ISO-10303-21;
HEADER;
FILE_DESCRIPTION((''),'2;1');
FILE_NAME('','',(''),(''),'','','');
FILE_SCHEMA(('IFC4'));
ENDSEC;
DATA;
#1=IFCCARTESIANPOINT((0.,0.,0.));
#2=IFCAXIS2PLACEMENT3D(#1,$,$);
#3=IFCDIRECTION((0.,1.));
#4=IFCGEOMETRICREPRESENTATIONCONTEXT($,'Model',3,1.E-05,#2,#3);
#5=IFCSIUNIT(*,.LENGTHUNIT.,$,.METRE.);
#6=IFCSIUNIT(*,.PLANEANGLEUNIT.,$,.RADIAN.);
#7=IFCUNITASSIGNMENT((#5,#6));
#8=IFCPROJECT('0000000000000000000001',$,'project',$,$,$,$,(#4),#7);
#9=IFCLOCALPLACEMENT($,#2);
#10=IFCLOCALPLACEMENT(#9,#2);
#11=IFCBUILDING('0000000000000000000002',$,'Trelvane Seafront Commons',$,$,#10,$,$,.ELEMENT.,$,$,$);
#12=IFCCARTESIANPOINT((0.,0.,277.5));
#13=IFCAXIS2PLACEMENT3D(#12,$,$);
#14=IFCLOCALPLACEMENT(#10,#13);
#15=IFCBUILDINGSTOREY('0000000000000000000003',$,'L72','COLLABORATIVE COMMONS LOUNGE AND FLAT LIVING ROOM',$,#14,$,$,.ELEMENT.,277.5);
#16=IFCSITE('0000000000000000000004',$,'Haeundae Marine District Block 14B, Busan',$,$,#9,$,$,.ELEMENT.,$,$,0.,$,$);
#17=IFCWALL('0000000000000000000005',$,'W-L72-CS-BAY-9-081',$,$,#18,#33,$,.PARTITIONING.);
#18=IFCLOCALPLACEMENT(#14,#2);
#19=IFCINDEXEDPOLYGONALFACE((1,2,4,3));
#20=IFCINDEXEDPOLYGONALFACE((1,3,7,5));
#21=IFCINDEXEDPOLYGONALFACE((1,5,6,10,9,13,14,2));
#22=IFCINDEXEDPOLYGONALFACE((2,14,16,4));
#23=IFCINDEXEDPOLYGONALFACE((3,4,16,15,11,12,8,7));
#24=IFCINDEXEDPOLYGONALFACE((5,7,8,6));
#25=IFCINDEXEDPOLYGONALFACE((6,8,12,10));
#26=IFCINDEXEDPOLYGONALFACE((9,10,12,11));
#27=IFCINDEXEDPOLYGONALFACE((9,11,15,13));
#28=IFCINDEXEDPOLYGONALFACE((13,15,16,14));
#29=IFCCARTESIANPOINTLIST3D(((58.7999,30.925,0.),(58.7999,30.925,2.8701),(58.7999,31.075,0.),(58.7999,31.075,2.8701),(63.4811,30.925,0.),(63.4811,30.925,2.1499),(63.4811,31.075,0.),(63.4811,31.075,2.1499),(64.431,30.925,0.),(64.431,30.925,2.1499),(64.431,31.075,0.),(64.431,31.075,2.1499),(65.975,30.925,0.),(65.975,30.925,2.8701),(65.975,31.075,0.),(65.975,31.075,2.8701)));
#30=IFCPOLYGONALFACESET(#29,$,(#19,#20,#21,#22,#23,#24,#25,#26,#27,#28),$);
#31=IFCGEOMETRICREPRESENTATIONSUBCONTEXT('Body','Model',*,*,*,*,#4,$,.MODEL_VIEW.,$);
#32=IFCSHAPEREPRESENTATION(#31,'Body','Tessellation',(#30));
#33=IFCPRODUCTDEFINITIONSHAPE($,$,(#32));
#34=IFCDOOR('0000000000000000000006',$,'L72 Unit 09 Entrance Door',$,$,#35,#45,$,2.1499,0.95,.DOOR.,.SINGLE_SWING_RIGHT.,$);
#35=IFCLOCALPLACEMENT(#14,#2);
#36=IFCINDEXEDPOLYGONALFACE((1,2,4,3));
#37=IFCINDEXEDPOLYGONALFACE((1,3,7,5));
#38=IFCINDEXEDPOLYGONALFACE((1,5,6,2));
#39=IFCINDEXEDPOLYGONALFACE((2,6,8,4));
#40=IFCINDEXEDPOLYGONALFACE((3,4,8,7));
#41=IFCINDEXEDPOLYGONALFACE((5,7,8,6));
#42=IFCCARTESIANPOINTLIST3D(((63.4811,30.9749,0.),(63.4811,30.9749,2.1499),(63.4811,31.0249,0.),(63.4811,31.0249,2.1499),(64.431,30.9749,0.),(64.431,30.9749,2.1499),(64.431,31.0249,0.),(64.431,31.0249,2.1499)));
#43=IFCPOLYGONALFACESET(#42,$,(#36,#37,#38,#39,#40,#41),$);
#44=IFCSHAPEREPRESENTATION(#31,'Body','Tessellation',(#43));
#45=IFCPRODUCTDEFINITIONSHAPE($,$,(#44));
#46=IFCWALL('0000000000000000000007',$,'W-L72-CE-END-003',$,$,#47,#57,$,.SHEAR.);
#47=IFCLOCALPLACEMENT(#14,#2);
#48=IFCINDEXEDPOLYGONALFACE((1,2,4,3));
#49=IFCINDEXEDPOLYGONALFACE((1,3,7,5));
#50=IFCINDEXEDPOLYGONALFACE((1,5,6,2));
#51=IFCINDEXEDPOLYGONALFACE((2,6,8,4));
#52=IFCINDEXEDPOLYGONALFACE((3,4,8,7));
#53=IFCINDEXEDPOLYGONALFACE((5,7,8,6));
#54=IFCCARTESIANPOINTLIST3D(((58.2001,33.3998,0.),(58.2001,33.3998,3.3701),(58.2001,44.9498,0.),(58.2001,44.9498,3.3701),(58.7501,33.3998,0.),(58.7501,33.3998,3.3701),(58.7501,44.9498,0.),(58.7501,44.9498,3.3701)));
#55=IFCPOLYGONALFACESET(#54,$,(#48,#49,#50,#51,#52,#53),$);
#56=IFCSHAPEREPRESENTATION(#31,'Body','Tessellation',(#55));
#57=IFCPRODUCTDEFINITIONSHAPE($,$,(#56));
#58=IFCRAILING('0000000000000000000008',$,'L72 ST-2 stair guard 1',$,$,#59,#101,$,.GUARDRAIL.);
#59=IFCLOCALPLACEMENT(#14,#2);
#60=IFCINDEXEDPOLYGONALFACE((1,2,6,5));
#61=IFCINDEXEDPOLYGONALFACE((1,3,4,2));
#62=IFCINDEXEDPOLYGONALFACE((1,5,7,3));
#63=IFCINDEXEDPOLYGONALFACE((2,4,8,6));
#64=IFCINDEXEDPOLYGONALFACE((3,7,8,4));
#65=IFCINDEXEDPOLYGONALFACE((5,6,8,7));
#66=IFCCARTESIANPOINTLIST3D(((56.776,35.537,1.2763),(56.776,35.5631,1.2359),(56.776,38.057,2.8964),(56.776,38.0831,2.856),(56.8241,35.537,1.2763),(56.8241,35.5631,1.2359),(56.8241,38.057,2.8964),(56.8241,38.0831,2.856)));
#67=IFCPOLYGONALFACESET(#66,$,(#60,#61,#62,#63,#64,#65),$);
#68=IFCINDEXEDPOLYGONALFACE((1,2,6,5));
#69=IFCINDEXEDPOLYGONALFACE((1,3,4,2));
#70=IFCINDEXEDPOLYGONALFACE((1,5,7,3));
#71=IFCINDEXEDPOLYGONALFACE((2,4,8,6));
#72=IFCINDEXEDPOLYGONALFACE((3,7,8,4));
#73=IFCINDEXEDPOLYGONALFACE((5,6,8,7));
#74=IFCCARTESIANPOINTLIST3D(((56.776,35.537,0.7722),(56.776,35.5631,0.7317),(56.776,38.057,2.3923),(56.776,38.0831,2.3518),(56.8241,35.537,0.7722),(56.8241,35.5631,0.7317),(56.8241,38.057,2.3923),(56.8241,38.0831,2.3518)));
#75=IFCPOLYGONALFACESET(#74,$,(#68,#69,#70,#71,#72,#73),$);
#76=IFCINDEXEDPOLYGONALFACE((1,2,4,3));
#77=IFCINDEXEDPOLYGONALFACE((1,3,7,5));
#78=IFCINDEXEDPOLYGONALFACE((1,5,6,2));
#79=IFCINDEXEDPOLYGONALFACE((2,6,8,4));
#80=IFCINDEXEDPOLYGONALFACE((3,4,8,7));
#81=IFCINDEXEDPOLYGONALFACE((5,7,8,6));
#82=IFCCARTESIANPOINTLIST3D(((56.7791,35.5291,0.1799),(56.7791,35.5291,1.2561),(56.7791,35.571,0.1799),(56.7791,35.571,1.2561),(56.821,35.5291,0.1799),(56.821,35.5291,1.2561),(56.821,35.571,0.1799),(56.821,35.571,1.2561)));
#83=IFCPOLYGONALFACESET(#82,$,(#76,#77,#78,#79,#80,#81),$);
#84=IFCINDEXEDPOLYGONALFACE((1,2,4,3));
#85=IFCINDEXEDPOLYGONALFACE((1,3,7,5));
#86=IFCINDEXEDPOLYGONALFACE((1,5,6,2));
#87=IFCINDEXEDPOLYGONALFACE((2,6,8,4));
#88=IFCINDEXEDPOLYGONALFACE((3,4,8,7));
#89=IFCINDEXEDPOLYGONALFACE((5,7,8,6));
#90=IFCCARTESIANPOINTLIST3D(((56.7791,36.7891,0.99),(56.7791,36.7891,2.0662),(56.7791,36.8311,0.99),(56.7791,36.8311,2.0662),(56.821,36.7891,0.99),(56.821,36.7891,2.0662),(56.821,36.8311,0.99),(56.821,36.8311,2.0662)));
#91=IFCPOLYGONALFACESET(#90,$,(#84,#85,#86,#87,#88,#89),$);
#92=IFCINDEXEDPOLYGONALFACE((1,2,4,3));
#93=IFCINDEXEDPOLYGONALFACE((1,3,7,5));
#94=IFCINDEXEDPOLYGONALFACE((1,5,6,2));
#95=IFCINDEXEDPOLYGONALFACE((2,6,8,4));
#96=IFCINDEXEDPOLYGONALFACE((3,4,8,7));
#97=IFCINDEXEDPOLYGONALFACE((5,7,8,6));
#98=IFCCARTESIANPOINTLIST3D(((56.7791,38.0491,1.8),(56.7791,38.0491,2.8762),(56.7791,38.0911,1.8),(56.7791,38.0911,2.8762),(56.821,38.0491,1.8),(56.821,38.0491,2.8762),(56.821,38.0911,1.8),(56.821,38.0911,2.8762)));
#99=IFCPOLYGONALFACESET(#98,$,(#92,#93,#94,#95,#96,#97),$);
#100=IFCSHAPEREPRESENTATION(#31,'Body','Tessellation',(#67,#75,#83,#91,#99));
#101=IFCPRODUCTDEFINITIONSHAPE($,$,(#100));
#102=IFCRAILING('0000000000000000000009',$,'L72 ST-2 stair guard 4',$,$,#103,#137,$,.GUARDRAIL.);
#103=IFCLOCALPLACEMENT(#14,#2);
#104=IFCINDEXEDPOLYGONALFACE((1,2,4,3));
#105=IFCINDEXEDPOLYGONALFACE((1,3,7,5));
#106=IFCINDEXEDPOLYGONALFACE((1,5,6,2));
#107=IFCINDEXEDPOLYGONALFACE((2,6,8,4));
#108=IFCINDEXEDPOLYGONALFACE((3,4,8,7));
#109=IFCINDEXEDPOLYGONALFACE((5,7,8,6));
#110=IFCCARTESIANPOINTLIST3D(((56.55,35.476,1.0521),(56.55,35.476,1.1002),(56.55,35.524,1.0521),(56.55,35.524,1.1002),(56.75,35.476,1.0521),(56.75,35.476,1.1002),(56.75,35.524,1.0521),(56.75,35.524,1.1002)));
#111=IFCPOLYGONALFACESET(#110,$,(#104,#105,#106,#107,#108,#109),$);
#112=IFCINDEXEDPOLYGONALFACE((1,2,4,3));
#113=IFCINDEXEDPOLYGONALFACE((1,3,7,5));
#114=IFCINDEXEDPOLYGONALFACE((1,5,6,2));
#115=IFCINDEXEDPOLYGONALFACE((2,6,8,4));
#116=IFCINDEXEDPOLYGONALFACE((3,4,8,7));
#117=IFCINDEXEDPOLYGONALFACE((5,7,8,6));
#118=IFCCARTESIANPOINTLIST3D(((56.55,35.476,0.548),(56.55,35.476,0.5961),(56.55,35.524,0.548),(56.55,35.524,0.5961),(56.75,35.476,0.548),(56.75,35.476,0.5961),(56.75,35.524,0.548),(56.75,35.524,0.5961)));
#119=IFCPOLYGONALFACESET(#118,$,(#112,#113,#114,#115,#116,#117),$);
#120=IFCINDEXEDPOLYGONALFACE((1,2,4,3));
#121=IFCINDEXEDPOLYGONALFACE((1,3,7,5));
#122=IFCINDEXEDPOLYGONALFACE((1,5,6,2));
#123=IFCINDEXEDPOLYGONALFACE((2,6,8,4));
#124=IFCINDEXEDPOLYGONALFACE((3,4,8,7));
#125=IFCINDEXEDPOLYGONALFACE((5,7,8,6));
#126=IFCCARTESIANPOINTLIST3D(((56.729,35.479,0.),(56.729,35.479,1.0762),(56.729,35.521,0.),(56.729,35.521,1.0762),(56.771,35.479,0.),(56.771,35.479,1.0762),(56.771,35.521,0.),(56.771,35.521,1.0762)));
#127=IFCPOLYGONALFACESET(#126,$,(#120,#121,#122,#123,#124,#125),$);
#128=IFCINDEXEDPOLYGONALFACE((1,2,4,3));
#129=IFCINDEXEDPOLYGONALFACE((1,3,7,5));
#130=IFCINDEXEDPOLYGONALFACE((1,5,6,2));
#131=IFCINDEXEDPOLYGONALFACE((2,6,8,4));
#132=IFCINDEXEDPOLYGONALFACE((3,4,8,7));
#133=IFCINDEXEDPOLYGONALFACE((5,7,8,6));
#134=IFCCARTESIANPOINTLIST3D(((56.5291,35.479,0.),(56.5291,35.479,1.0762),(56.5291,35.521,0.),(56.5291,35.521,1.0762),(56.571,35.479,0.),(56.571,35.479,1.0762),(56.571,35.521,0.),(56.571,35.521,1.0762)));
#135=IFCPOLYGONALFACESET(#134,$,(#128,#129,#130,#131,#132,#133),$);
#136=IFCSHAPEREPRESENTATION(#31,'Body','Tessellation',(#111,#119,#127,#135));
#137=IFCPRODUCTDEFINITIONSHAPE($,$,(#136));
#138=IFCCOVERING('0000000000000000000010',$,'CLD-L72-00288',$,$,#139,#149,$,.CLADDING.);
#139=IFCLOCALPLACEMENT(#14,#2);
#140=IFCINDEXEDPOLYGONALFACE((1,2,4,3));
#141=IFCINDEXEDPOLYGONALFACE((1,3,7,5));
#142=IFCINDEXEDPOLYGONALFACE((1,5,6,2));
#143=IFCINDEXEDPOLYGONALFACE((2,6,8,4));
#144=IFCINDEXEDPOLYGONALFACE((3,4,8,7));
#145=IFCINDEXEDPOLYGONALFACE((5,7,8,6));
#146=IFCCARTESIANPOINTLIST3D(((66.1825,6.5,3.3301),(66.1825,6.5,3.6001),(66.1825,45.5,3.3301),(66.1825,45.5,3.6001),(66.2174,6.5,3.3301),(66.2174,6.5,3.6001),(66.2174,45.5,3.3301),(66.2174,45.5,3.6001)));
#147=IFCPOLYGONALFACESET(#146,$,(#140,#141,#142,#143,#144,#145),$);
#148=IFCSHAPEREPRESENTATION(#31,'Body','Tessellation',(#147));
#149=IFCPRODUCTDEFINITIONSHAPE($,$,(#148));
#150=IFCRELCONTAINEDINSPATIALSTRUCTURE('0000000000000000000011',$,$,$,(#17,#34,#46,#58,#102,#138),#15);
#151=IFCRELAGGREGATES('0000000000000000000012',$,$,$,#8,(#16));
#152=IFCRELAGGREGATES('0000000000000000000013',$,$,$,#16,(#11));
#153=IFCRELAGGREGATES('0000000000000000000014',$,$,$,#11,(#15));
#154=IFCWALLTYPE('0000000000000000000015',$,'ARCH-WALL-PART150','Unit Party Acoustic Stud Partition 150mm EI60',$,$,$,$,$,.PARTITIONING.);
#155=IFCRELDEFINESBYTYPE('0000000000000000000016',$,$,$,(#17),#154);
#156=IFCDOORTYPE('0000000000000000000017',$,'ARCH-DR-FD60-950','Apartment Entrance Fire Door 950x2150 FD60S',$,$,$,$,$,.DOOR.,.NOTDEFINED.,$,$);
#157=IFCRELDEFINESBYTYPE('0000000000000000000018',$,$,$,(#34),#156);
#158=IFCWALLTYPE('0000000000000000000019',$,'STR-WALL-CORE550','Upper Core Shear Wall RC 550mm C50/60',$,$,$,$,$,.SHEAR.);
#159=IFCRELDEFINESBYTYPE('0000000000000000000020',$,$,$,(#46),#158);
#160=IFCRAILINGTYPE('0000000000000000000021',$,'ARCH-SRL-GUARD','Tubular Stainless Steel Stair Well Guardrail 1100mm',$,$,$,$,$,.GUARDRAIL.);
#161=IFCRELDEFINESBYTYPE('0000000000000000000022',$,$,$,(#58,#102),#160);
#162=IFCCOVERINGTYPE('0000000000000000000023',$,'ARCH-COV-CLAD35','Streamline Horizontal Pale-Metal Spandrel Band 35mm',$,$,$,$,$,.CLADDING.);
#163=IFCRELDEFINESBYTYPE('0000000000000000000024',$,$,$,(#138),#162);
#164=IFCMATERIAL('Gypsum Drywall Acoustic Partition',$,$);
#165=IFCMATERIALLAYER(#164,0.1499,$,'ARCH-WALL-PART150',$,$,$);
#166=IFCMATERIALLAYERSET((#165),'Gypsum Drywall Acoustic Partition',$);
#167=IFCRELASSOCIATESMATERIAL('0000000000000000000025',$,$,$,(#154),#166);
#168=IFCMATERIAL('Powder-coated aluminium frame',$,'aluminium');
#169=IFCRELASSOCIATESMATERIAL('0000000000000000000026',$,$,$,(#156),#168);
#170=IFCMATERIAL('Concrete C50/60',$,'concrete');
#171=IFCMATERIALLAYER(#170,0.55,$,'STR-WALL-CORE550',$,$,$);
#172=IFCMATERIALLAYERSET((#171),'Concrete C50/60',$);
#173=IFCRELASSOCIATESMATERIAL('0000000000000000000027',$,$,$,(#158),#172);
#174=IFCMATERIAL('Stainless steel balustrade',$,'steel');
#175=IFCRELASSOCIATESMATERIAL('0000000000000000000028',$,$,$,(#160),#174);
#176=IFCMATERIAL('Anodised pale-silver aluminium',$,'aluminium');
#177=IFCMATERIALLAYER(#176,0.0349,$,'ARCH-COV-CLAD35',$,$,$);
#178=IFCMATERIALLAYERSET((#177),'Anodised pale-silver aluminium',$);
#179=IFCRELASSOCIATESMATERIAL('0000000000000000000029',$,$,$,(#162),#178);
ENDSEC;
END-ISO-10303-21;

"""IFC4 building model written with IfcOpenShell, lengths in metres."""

from ifc_helpers import new_model, si_unit, direction, frame, frame_2d, origin, origin_2d, place, context, subcontext, project, spatial, rectangle, extrude, source, transform, mapped, material, layer, layer_set, type_object, element, fill, save


model = new_model("IFC4")

# Units and contexts
model_context = context("Model", 3, precision=1e-05, world=origin(), true_north=direction((0.0, 1.0)))
body_context = subcontext(model_context, "Body", "Model", "MODEL_VIEW")
ifc_project = project(units=[si_unit("LENGTHUNIT", "METRE"), si_unit("PLANEANGLEUNIT", "RADIAN")], contexts=[model_context])

# Site, building, storey
site_placement = place(None, origin())
site = spatial("IfcSite", under=ifc_project, at=site_placement, Name="Haeundae Marine District Block 14B, Busan", CompositionType="ELEMENT", RefElevation=0.0)
building_placement = place(site_placement, origin())
building = spatial("IfcBuilding", under=site, at=building_placement, Name="Trelvane Seafront Commons", CompositionType="ELEMENT")
storey_placement = place(building_placement, frame((0.0, 0.0, 277.5)))
storey = spatial("IfcBuildingStorey", under=building, at=storey_placement, Name="L72", Description="COLLABORATIVE COMMONS LOUNGE AND FLAT LIVING ROOM", CompositionType="ELEMENT", Elevation=277.5)

# Shared definitions
ifc_material_1 = material(Name="Concrete C50/60", Category="concrete")

# Shared definitions
ifc_material_2 = material(Name="Anodised pale-silver aluminium", Category="aluminium")

# Shared definitions
ifc_material_3 = material(Name="Gypsum Drywall Acoustic Partition")
shared_shape_1 = source(origin(), body_context, "Body", "SweptSolid", [
    extrude(rectangle(XDim=0.95, YDim=2.1499, at=frame_2d((0.4751, 1.075))), frame((0.0, 0.0249, 0.0), z_axis=(0.0, -1.0, 0.0), x_axis=(1.0, 0.0, 0.0)), (0.0, 0.0, 1.0), 0.05),
])

# Wall, opening, door
ifc_layer_1 = layer(ifc_material_3, 0.1499, Name="ARCH-WALL-PART150")
ifc_layer_set_1 = layer_set([ifc_layer_1], Name="Gypsum Drywall Acoustic Partition")
wall_type_1 = type_object("IfcWallType", Name="ARCH-WALL-PART150", Description="Unit Party Acoustic Stud Partition 150mm EI60", PredefinedType="PARTITIONING", material=ifc_layer_set_1)
ifc_material_4 = material(Name="Powder-coated aluminium frame", Category="aluminium")
door_type_1 = type_object("IfcDoorType", Name="ARCH-DR-FD60-950", Description="Apartment Entrance Fire Door 950x2150 FD60S", OperationType="NOTDEFINED", PredefinedType="DOOR", material=ifc_material_4)
wall_1_placement = place(storey_placement, frame((58.8, 31.0, 0.0), z_axis=(0.0, 0.0, 1.0), x_axis=(1.0, 0.0, 0.0)))
wall_1 = element("IfcWall", 1, at=wall_1_placement, inside=storey, type_object=wall_type_1, Name="W-L72-CS-BAY-9-081", PredefinedType="PARTITIONING", context=body_context, shape_type="SweptSolid", body=[
    extrude(rectangle(XDim=7.175, YDim=0.1499, at=frame_2d((3.5874, 0.0))), origin(), (0.0, 0.0, 1.0), 2.8701),
])
opening_1_placement = place(wall_1_placement, frame((4.6809, 0.0, 0.0)))
opening_1 = element("IfcOpeningElement", 2, at=opening_1_placement, cuts=wall_1, PredefinedType="OPENING", context=body_context, shape_type="SweptSolid", body=[
    extrude(rectangle(XDim=0.95, YDim=2.1499, at=frame_2d((0.4751, 1.075))), frame((0.0, 0.085, 0.0), z_axis=(0.0, -1.0, 0.0), x_axis=(1.0, 0.0, 0.0)), (0.0, 0.0, 1.0), 0.1699),
])
door_1_placement = place(opening_1_placement, origin())
door_1 = element("IfcDoor", 3, at=door_1_placement, inside=storey, type_object=door_type_1, Name="L72 Unit 09 Entrance Door", OperationType="SINGLE_SWING_RIGHT", OverallHeight=2.1499, OverallWidth=0.95, PredefinedType="DOOR", context=body_context, shape_type="MappedRepresentation", body=[
    mapped(shared_shape_1, transform((0.0, 0.0, 0.0), x_axis=(1.0, 0.0, 0.0), y_axis=(0.0, 1.0, 0.0), z_axis=(0.0, 0.0, 1.0), scale=1.0)),
])
fill(opening_1, door_1)

# Wall
ifc_layer_2 = layer(ifc_material_1, 0.55, Name="STR-WALL-CORE550")
ifc_layer_set_2 = layer_set([ifc_layer_2], Name="Concrete C50/60")
wall_type_2 = type_object("IfcWallType", Name="STR-WALL-CORE550", Description="Upper Core Shear Wall RC 550mm C50/60", PredefinedType="SHEAR", material=ifc_layer_set_2)
wall_2_placement = place(storey_placement, frame((58.4751, 33.3999, 0.0), z_axis=(0.0, 0.0, 1.0), x_axis=(0.0, 1.0, 0.0)))
element("IfcWall", 4, at=wall_2_placement, inside=storey, type_object=wall_type_2, Name="W-L72-CE-END-003", PredefinedType="SHEAR", context=body_context, shape_type="SweptSolid", body=[
    extrude(rectangle(XDim=11.55, YDim=0.55, at=frame_2d((5.7749, 0.0))), origin(), (0.0, 0.0, 1.0), 3.3701),
])

# Railings
ifc_material_5 = material(Name="Stainless steel balustrade", Category="steel")
railing_type = type_object("IfcRailingType", Name="ARCH-SRL-GUARD", Description="Tubular Stainless Steel Stair Well Guardrail 1100mm", PredefinedType="GUARDRAIL", material=ifc_material_5)
railing_1_placement = place(storey_placement, frame((56.8, 35.55, 0.1799)))
element("IfcRailing", 5, at=railing_1_placement, inside=storey, type_object=railing_type, Name="L72 ST-2 stair guard 1", PredefinedType="GUARDRAIL", context=body_context, shape_type="SweptSolid", body=[
    extrude(rectangle(XDim=0.0481, YDim=0.0481, at=origin_2d()), frame((0.0, 0.0, 1.0762), z_axis=(0.0, 0.841163, 0.540782), x_axis=(-1.0, 0.0, 0.0)), (0.0, 0.0, 1.0), 2.9958),
    extrude(rectangle(XDim=0.0481, YDim=0.0481, at=origin_2d()), frame((0.0, 0.0, 0.572), z_axis=(0.0, 0.841163, 0.540782), x_axis=(-1.0, 0.0, 0.0)), (0.0, 0.0, 1.0), 2.9958),
    extrude(rectangle(XDim=0.042, YDim=0.042, at=origin_2d()), origin(), (0.0, 0.0, 1.0), 1.0762),
    extrude(rectangle(XDim=0.042, YDim=0.042, at=origin_2d()), frame((0.0, 1.26, 0.8101)), (0.0, 0.0, 1.0), 1.0762),
    extrude(rectangle(XDim=0.042, YDim=0.042, at=origin_2d()), frame((0.0, 2.52, 1.6201)), (0.0, 0.0, 1.0), 1.0762),
])
railing_2_placement = place(storey_placement, frame((56.75, 35.5, 0.0)))
element("IfcRailing", 6, at=railing_2_placement, inside=storey, type_object=railing_type, Name="L72 ST-2 stair guard 4", PredefinedType="GUARDRAIL", context=body_context, shape_type="SweptSolid", body=[
    extrude(rectangle(XDim=0.0481, YDim=0.0481, at=origin_2d()), frame((0.0, 0.0, 1.0762), z_axis=(-1.0, 0.0, 0.0), x_axis=(0.0, -1.0, 0.0)), (0.0, 0.0, 1.0), 0.2),
    extrude(rectangle(XDim=0.0481, YDim=0.0481, at=origin_2d()), frame((0.0, 0.0, 0.572), z_axis=(-1.0, 0.0, 0.0), x_axis=(0.0, -1.0, 0.0)), (0.0, 0.0, 1.0), 0.2),
    extrude(rectangle(XDim=0.042, YDim=0.042, at=origin_2d()), origin(), (0.0, 0.0, 1.0), 1.0762),
    extrude(rectangle(XDim=0.042, YDim=0.042, at=origin_2d()), frame((-0.2, 0.0, 0.0)), (0.0, 0.0, 1.0), 1.0762),
])

# Covering
ifc_layer_3 = layer(ifc_material_2, 0.0349, Name="ARCH-COV-CLAD35")
ifc_layer_set_3 = layer_set([ifc_layer_3], Name="Anodised pale-silver aluminium")
covering_type = type_object("IfcCoveringType", Name="ARCH-COV-CLAD35", Description="Streamline Horizontal Pale-Metal Spandrel Band 35mm", PredefinedType="CLADDING", material=ifc_layer_set_3)
shared_shape_2 = source(origin(), body_context, "Body", "SweptSolid", [
    extrude(rectangle(XDim=39.0, YDim=0.0349, at=origin_2d()), origin(), (0.0, 0.0, 1.0), 0.27),
])
covering_placement = place(storey_placement, frame((66.2, 26.0, 3.3301), z_axis=(0.0, 0.0, 1.0), x_axis=(0.0, -1.0, 0.0)))
element("IfcCovering", 7, at=covering_placement, inside=storey, type_object=covering_type, Name="CLD-L72-00288", PredefinedType="CLADDING", context=body_context, shape_type="MappedRepresentation", body=[
    mapped(shared_shape_2, transform((0.0, 0.0, 0.0), x_axis=(1.0, 0.0, 0.0), y_axis=(0.0, 1.0, 0.0), z_axis=(0.0, 0.0, 1.0), scale=1.0)),
])

save(model, "model.ifc")
